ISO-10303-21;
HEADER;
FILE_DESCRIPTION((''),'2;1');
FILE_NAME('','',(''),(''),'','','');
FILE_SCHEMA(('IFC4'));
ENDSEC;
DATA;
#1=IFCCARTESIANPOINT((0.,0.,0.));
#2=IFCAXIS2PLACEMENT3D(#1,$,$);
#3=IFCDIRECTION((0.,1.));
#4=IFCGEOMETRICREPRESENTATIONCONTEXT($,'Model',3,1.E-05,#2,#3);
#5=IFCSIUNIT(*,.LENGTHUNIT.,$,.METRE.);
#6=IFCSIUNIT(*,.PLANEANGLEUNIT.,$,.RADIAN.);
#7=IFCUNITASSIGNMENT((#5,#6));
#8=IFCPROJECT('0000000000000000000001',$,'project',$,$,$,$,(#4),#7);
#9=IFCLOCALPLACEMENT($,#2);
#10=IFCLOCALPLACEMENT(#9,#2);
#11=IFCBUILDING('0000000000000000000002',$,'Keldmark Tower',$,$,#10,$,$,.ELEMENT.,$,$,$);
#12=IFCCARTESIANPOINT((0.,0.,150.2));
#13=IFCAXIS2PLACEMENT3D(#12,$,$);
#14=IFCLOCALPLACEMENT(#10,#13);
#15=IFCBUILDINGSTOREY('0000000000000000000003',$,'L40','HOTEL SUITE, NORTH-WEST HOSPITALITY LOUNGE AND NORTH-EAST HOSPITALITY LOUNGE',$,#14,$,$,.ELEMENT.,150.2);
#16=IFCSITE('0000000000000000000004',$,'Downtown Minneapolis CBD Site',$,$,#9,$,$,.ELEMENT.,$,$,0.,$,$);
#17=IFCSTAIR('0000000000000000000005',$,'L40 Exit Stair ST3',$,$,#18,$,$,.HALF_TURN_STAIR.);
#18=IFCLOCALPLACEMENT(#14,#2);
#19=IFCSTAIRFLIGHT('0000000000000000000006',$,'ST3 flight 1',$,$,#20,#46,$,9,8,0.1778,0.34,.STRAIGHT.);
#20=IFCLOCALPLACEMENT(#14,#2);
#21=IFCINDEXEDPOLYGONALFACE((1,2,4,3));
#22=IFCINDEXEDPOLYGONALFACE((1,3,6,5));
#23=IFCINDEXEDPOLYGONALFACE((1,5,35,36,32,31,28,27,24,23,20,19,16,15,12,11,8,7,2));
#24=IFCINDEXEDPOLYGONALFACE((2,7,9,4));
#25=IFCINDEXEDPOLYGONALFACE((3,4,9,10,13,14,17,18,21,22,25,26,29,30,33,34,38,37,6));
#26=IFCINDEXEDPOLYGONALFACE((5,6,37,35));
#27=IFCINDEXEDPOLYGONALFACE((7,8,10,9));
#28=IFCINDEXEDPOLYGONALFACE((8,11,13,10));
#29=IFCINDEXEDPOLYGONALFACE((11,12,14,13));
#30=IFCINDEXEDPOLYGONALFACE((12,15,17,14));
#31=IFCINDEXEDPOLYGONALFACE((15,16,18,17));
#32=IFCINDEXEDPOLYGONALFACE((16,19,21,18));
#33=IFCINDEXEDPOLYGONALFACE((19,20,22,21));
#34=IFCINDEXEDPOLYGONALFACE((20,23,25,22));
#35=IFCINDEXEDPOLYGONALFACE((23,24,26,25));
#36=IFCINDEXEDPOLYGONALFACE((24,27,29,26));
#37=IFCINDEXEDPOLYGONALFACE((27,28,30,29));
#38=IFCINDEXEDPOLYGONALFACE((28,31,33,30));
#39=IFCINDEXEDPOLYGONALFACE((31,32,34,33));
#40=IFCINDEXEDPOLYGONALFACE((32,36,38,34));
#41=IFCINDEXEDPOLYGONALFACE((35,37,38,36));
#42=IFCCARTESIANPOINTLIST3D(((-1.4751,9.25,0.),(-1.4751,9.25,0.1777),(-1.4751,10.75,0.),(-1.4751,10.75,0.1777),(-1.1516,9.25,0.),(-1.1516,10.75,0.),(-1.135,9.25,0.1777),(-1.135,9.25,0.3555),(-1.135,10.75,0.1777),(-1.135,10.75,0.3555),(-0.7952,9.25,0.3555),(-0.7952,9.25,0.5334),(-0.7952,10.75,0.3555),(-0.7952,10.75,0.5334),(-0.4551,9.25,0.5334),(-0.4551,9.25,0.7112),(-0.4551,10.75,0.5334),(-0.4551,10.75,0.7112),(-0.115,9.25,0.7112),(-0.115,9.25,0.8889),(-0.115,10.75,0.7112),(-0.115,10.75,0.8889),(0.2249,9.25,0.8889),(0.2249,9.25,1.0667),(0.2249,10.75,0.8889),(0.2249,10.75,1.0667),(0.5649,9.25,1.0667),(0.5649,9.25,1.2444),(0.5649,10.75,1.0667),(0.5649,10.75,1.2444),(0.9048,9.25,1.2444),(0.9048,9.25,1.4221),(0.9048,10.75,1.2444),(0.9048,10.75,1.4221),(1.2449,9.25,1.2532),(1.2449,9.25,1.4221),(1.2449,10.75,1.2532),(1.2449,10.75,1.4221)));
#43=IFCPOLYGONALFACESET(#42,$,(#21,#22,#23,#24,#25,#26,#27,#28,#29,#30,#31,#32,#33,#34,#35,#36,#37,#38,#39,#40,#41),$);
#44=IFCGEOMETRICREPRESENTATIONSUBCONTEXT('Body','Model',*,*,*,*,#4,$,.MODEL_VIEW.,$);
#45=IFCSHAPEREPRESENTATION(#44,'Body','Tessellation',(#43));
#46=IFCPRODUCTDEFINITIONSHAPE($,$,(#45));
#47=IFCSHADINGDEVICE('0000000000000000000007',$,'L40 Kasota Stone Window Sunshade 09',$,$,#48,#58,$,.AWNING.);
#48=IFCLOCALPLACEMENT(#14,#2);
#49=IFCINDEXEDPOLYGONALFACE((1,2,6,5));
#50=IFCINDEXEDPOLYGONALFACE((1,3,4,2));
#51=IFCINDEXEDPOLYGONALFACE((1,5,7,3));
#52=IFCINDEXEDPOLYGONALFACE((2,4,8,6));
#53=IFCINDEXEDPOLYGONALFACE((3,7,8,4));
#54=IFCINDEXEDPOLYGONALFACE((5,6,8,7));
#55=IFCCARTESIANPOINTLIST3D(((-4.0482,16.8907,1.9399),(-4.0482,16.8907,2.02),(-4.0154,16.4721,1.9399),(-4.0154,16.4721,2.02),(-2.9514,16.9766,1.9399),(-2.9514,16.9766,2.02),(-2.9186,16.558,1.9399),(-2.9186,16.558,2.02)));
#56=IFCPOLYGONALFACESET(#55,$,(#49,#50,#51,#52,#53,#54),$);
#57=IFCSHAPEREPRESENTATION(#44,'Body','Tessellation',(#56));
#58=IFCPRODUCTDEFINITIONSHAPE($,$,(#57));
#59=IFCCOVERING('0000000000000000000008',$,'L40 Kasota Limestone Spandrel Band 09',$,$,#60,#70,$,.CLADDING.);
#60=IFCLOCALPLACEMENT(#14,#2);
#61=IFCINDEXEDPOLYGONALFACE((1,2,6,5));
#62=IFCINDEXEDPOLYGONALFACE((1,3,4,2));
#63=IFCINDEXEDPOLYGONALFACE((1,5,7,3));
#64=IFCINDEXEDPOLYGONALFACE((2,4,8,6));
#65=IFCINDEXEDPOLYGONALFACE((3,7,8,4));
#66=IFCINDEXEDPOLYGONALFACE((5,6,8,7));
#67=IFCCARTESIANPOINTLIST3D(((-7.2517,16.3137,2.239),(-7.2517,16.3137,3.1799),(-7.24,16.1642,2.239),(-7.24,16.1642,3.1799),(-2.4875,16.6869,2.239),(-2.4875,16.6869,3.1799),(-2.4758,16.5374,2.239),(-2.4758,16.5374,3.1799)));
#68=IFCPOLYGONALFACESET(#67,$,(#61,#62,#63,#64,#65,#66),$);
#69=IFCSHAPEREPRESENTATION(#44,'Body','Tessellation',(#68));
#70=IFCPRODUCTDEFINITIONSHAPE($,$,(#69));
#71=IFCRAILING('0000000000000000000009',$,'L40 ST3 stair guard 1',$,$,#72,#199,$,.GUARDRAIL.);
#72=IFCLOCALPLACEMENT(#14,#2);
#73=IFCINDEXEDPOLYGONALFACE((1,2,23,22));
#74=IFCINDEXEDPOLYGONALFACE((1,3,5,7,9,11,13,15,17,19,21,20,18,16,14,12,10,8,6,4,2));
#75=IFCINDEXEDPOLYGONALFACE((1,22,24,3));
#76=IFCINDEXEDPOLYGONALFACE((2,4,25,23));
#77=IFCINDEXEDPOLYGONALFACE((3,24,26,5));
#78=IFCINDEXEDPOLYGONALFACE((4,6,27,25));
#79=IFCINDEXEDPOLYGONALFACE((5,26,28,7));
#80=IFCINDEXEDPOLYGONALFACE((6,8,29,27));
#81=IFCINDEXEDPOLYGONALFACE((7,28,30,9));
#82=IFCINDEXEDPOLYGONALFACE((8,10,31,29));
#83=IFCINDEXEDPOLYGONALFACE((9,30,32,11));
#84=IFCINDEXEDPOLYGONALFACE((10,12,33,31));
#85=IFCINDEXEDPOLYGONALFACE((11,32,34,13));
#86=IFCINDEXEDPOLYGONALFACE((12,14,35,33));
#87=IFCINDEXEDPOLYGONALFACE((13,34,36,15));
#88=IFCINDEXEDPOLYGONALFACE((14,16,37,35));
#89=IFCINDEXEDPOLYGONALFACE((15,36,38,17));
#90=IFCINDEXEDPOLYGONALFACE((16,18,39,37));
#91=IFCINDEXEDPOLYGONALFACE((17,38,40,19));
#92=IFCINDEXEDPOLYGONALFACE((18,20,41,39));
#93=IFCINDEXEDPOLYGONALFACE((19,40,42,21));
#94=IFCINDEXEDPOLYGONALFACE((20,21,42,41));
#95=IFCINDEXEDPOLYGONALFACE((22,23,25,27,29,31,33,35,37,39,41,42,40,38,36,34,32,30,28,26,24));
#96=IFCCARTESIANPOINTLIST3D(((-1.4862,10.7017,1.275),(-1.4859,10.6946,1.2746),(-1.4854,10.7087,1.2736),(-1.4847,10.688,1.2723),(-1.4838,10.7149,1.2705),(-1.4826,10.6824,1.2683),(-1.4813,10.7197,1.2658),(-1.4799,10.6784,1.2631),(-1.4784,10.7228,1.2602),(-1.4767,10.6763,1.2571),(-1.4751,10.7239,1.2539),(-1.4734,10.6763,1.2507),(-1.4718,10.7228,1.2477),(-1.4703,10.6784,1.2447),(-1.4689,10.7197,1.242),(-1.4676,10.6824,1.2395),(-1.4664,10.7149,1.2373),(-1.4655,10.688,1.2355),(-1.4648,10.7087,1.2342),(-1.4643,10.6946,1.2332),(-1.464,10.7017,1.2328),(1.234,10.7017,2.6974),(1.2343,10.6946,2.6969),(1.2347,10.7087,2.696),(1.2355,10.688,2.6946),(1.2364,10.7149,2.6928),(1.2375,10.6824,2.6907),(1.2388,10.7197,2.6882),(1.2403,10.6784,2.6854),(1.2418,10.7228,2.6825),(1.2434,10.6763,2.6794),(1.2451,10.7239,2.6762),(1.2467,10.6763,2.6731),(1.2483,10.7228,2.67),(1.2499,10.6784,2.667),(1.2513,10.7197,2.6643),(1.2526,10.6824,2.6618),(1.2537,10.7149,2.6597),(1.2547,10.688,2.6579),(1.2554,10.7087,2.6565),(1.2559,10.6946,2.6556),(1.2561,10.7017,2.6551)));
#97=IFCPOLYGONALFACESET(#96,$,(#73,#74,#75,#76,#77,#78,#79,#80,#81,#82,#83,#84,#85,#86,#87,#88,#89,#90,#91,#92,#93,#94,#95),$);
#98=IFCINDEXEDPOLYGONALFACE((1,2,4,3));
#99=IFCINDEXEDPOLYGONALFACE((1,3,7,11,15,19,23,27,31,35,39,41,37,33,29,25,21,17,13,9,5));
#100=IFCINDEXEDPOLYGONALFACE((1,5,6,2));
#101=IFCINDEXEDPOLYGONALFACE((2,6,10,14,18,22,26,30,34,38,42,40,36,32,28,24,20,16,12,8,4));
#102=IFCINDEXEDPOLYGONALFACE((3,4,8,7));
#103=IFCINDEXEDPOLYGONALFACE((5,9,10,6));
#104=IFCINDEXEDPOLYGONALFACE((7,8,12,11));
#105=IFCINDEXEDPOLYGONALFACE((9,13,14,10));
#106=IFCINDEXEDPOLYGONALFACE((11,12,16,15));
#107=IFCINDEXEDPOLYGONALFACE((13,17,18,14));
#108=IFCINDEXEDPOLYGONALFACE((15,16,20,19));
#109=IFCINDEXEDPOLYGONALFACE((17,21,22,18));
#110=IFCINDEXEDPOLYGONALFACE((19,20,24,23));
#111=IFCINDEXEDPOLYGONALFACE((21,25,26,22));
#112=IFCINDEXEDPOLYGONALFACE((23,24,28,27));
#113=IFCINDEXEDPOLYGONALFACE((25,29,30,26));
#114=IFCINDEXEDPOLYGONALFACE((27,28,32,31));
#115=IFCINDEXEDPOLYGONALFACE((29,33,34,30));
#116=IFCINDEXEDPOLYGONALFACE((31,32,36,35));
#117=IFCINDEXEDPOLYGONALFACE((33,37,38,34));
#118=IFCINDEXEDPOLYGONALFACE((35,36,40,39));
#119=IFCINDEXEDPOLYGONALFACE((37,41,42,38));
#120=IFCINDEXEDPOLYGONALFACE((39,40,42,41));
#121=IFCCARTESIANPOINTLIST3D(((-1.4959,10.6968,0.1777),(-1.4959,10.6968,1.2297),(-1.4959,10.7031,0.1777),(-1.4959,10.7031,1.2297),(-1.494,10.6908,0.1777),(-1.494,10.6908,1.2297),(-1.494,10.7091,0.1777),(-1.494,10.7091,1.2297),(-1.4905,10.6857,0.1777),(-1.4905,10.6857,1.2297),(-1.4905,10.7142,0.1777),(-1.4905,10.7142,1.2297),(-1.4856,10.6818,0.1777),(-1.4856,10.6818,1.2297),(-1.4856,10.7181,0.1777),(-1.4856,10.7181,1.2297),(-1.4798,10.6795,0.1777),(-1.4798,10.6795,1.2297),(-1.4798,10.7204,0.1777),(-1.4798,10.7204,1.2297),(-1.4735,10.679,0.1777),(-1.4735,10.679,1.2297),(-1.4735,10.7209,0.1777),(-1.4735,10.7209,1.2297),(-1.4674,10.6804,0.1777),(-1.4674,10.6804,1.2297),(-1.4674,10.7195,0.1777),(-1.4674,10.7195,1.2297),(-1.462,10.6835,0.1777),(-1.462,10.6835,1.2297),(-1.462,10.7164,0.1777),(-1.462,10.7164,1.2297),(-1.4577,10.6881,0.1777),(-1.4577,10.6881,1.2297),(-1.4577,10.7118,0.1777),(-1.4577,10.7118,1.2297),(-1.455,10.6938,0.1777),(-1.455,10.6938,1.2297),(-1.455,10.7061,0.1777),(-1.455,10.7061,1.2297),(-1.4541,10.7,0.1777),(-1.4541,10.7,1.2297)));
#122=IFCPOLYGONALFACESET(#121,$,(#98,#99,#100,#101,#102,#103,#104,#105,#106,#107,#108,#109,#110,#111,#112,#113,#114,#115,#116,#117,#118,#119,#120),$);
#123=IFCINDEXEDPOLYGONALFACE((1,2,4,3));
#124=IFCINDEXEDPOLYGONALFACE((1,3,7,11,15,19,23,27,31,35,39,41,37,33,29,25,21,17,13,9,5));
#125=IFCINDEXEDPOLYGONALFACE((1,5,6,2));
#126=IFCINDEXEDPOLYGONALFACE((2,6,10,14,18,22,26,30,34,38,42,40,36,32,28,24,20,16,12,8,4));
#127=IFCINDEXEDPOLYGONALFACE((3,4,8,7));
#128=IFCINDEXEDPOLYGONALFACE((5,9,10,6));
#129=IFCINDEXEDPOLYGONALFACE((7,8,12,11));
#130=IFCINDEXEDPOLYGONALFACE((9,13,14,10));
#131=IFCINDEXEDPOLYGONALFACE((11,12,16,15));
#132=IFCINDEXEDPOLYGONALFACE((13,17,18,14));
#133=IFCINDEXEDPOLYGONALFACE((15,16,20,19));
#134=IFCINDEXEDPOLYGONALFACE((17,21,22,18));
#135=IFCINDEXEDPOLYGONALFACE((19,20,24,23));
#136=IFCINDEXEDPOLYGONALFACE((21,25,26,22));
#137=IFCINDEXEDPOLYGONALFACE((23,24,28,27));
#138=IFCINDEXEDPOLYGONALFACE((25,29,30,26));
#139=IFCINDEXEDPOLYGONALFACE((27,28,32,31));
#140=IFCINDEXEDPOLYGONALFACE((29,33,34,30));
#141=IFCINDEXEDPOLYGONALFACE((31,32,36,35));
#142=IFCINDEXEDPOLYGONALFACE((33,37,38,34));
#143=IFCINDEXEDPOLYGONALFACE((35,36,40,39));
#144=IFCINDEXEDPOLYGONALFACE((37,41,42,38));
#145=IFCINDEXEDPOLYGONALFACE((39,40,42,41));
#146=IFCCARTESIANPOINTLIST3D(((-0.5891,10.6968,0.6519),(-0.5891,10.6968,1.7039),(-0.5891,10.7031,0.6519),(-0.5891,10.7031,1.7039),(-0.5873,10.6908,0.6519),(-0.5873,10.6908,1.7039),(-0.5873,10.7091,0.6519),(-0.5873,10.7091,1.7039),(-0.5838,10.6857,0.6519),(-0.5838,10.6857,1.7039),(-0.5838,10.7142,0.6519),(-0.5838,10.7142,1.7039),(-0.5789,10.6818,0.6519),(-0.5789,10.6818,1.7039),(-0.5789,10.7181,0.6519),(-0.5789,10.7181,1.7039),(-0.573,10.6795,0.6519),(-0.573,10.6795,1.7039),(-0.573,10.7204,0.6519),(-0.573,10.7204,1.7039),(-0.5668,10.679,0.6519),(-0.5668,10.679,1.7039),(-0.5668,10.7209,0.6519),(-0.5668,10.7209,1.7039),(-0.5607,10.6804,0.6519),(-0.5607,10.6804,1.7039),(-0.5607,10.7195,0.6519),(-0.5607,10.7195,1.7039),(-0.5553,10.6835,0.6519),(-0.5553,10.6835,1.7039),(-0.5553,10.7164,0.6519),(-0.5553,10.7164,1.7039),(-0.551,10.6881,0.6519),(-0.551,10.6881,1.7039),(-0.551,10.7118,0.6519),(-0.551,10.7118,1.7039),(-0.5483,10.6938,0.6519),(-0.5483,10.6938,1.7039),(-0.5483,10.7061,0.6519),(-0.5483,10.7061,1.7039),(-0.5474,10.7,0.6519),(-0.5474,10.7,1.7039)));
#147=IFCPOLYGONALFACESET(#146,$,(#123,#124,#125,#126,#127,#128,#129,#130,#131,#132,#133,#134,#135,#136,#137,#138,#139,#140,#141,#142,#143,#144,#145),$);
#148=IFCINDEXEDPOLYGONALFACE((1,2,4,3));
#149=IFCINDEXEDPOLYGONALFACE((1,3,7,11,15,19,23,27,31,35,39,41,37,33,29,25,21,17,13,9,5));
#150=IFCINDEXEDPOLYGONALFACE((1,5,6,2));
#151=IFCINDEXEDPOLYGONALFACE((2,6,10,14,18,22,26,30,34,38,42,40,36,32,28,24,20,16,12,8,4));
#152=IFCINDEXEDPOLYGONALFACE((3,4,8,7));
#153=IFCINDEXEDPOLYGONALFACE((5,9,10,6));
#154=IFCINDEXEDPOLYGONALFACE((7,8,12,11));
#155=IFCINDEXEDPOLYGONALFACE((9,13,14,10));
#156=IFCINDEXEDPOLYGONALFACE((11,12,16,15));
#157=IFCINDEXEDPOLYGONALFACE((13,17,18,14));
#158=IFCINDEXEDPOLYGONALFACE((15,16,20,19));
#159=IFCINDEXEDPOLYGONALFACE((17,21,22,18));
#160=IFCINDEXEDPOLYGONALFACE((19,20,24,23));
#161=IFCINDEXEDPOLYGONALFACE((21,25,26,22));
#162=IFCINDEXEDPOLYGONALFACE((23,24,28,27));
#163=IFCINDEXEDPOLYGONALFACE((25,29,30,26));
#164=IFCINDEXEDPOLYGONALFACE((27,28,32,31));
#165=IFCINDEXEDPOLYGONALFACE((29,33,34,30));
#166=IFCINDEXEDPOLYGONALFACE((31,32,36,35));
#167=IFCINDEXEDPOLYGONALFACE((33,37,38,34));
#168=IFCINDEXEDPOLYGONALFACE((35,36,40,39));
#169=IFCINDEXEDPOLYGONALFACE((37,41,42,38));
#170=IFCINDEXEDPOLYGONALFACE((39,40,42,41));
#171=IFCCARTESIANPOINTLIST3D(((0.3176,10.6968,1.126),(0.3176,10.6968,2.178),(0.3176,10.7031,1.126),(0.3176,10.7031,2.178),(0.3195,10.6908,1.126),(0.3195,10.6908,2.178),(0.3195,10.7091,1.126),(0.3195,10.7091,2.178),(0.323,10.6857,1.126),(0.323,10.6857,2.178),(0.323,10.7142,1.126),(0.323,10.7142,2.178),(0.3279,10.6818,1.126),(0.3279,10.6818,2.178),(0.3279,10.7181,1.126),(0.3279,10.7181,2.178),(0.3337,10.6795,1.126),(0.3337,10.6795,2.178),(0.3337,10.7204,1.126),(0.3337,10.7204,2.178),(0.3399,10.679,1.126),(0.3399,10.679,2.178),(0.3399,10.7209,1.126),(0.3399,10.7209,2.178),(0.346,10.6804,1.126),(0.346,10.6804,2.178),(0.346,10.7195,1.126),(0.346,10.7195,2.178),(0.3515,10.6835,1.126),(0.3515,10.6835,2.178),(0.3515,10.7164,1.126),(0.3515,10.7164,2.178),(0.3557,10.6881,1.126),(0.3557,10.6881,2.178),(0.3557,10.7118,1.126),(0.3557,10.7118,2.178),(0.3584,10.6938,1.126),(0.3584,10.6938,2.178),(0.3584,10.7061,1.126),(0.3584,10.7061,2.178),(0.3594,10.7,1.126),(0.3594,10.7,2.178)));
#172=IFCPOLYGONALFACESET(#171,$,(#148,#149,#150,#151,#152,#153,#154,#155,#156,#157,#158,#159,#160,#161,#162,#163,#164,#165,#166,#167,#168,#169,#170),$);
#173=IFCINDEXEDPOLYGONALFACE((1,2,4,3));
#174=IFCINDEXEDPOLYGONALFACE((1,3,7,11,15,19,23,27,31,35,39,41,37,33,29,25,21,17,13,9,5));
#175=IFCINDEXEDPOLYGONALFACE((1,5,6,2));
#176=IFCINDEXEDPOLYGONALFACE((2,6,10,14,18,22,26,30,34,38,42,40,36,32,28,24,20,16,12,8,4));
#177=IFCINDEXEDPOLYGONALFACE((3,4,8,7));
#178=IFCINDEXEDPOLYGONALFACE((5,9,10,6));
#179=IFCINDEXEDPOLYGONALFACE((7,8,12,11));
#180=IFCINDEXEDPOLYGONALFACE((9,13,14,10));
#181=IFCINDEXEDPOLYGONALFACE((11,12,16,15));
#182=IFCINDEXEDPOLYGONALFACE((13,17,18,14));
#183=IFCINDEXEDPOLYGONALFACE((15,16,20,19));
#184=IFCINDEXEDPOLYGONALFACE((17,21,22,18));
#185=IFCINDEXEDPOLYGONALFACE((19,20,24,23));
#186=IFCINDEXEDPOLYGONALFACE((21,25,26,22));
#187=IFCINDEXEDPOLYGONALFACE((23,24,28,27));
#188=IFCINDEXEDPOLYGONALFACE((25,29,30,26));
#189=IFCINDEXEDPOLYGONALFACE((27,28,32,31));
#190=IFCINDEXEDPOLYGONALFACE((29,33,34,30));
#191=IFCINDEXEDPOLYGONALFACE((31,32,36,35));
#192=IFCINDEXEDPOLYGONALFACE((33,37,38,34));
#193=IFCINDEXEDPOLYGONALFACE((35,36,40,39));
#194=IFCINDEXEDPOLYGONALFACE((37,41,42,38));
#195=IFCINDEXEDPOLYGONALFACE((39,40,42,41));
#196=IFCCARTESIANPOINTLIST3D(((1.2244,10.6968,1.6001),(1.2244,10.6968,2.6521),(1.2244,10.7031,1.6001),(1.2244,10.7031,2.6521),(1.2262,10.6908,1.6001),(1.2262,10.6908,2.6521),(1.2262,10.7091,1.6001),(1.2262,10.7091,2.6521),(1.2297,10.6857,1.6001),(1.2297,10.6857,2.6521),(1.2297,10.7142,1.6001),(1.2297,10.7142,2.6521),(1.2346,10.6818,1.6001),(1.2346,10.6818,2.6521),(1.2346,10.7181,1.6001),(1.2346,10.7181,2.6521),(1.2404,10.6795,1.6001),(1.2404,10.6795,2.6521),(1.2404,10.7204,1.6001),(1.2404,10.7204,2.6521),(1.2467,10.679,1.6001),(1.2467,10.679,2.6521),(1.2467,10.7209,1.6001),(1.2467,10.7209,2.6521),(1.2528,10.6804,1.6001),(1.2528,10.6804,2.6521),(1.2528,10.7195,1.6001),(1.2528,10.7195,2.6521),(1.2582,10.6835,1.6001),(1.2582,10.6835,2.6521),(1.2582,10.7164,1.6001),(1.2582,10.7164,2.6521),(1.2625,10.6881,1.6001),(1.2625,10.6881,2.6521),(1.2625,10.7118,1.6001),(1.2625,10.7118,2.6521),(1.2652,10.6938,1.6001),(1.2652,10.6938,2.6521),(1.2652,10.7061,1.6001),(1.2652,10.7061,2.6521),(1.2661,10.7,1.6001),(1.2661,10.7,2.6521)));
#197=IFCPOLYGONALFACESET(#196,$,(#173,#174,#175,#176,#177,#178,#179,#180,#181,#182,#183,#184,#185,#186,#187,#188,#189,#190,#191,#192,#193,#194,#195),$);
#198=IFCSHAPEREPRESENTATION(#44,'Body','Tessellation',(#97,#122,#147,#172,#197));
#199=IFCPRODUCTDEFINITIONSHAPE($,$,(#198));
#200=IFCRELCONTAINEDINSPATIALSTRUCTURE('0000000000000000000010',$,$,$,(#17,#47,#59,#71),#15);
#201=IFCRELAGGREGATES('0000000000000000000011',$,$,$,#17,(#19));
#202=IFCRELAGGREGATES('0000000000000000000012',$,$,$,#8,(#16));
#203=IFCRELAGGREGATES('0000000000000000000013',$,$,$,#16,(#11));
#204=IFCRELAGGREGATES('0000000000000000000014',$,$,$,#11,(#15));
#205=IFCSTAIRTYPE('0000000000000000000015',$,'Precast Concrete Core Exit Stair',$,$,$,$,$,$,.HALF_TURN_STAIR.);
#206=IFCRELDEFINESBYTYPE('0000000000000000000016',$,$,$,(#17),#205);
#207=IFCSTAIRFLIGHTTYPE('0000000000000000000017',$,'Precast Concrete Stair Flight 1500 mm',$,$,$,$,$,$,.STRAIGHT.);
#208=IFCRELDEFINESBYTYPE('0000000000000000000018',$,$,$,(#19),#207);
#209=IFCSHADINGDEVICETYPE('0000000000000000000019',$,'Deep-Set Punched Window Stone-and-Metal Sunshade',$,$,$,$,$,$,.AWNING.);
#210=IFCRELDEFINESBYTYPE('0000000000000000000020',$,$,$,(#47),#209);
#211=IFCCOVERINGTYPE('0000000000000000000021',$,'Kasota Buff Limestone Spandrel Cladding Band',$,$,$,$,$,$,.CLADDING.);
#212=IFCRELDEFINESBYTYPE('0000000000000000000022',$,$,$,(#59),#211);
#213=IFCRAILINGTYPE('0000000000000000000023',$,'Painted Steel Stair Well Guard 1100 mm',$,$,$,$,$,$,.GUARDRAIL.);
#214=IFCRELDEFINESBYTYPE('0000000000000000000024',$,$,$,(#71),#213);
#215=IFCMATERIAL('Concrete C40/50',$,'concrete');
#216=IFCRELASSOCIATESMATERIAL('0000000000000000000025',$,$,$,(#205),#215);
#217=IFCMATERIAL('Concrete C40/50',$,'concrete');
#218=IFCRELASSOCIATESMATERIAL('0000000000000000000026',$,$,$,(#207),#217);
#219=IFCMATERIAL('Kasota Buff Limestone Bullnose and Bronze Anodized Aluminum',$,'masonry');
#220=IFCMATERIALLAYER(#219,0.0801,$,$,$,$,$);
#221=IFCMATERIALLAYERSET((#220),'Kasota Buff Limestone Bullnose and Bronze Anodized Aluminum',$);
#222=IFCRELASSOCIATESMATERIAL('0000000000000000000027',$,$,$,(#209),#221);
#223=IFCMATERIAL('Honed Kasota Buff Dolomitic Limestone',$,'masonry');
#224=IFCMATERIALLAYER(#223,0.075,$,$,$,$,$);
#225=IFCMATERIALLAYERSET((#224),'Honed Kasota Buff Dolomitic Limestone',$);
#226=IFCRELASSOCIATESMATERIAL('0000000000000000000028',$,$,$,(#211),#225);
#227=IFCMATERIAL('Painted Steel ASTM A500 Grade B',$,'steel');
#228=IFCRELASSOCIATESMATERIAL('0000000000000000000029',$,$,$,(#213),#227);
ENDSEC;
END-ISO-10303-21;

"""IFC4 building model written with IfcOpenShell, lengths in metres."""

from ifc_helpers import new_model, si_unit, direction, frame, origin, origin_2d, place, context, subcontext, project, spatial, polyline, rectangle, circle, outline, extrude, material, layer, layer_set, type_object, element, aggregate, save


model = new_model("IFC4")

# Units and contexts
model_context = context("Model", 3, precision=1e-05, world=origin(), true_north=direction((0.0, 1.0)))
body_context = subcontext(model_context, "Body", "Model", "MODEL_VIEW")
ifc_project = project(units=[si_unit("LENGTHUNIT", "METRE"), si_unit("PLANEANGLEUNIT", "RADIAN")], contexts=[model_context])

# Site, building, storey
site_placement = place(None, origin())
site = spatial("IfcSite", under=ifc_project, at=site_placement, Name="Downtown Minneapolis CBD Site", CompositionType="ELEMENT", RefElevation=0.0)
building_placement = place(site_placement, origin())
building = spatial("IfcBuilding", under=site, at=building_placement, Name="Keldmark Tower", CompositionType="ELEMENT")
storey_placement = place(building_placement, frame((0.0, 0.0, 150.2)))
storey = spatial("IfcBuildingStorey", under=building, at=storey_placement, Name="L40", Description="HOTEL SUITE, NORTH-WEST HOSPITALITY LOUNGE AND NORTH-EAST HOSPITALITY LOUNGE", CompositionType="ELEMENT", Elevation=150.2)

# Stair, stair flight
ifc_material_1 = material(Name="Concrete C40/50", Category="concrete")
stair_type = type_object("IfcStairType", Name="Precast Concrete Core Exit Stair", PredefinedType="HALF_TURN_STAIR", material=ifc_material_1)
stair_placement = place(storey_placement, origin())
stair = element("IfcStair", 1, at=stair_placement, inside=storey, type_object=stair_type, Name="L40 Exit Stair ST3", PredefinedType="HALF_TURN_STAIR")
ifc_material_2 = material(Name="Concrete C40/50", Category="concrete")
stair_flight_type = type_object("IfcStairFlightType", Name="Precast Concrete Stair Flight 1500 mm", PredefinedType="STRAIGHT", material=ifc_material_2)
stair_flight_placement = place(storey_placement, frame((-1.4751, 10.0, 0.0), z_axis=(0.0, 0.0, 1.0), x_axis=(1.0, 0.0, 0.0)))
stair_flight = element("IfcStairFlight", 2, at=stair_flight_placement, type_object=stair_flight_type, Name="ST3 flight 1", NumberOfRisers=9, NumberOfTreads=8, PredefinedType="STRAIGHT", RiserHeight=0.1778, TreadLength=0.34, context=body_context, shape_type="SweptSolid", body=[
    extrude(outline(polyline([(0.0, 0.0), (0.0, 0.1777), (0.3401, 0.1777), (0.3401, 0.3555), (0.6799, 0.3555), (0.6799, 0.5334), (1.02, 0.5334), (1.02, 0.7112), (1.3601, 0.7112), (1.3601, 0.8889), (1.7, 0.8889), (1.7, 1.0667), (2.04, 1.0667), (2.04, 1.2444), (2.3799, 1.2444), (2.3799, 1.4221), (2.72, 1.4221), (2.72, 1.6001), (2.72, 1.2532), (0.3235, 0.0), (0.0, 0.0)])), frame((0.0, 0.75, 0.0), z_axis=(0.0, -1.0, 0.0), x_axis=(1.0, 0.0, 0.0)), (0.0, 0.0, 1.0), 1.5),
])
aggregate(stair, [stair_flight])

# Shading device
ifc_material_3 = material(Name="Kasota Buff Limestone Bullnose and Bronze Anodized Aluminum", Category="masonry")
ifc_layer_1 = layer(ifc_material_3, 0.0801)
ifc_layer_set_1 = layer_set([ifc_layer_1], Name="Kasota Buff Limestone Bullnose and Bronze Anodized Aluminum")
shading_device_type = type_object("IfcShadingDeviceType", Name="Deep-Set Punched Window Stone-and-Metal Sunshade", PredefinedType="AWNING", material=ifc_layer_set_1)
shading_device_placement = place(storey_placement, frame((-3.4834, 16.7244, 1.9399), z_axis=(0.0, 0.0, 1.0), x_axis=(0.996946, 0.078094, 0.0)))
element("IfcShadingDevice", 3, at=shading_device_placement, inside=storey, type_object=shading_device_type, Name="L40 Kasota Stone Window Sunshade 09", PredefinedType="AWNING", context=body_context, shape_type="SweptSolid", body=[
    extrude(rectangle(XDim=1.1001, YDim=0.4199, at=origin_2d()), origin(), (0.0, 0.0, 1.0), 0.0801),
])

# Covering
ifc_material_4 = material(Name="Honed Kasota Buff Dolomitic Limestone", Category="masonry")
ifc_layer_2 = layer(ifc_material_4, 0.075)
ifc_layer_set_2 = layer_set([ifc_layer_2], Name="Honed Kasota Buff Dolomitic Limestone")
covering_type = type_object("IfcCoveringType", Name="Kasota Buff Limestone Spandrel Cladding Band", PredefinedType="CLADDING", material=ifc_layer_set_2)
covering_placement = place(storey_placement, frame((-4.8638, 16.4255, 2.239), z_axis=(0.0, 0.0, 1.0), x_axis=(-0.996946, -0.078094, 0.0)))
element("IfcCovering", 4, at=covering_placement, inside=storey, type_object=covering_type, Name="L40 Kasota Limestone Spandrel Band 09", PredefinedType="CLADDING", context=body_context, shape_type="SweptSolid", body=[
    extrude(rectangle(XDim=4.7788, YDim=0.1499, at=origin_2d()), origin(), (0.0, 0.0, 1.0), 0.9409),
])

# Railing
ifc_material_5 = material(Name="Painted Steel ASTM A500 Grade B", Category="steel")
railing_type = type_object("IfcRailingType", Name="Painted Steel Stair Well Guard 1100 mm", PredefinedType="GUARDRAIL", material=ifc_material_5)
railing_1_placement = place(storey_placement, frame((-1.4751, 10.7, 0.1777)))
element("IfcRailing", 5, at=railing_1_placement, inside=storey, type_object=railing_type, Name="L40 ST3 stair guard 1", PredefinedType="GUARDRAIL", context=body_context, shape_type="SweptSolid", body=[
    extrude(circle(Radius=0.0239, at=origin_2d()), frame((0.0, 0.0, 1.0762), z_axis=(0.886168, 0.0, 0.463365), x_axis=(0.0, 1.0, 0.0)), (0.0, 0.0, 1.0), 3.0696),
    extrude(circle(Radius=0.021, at=origin_2d()), origin(), (0.0, 0.0, 1.0), 1.052),
    extrude(circle(Radius=0.021, at=origin_2d()), frame((0.9067, 0.0, 0.4741)), (0.0, 0.0, 1.0), 1.052),
    extrude(circle(Radius=0.021, at=origin_2d()), frame((1.8135, 0.0, 0.9482)), (0.0, 0.0, 1.0), 1.052),
    extrude(circle(Radius=0.021, at=origin_2d()), frame((2.7202, 0.0, 1.4224)), (0.0, 0.0, 1.0), 1.052),
])

save(model, "model.ifc")
